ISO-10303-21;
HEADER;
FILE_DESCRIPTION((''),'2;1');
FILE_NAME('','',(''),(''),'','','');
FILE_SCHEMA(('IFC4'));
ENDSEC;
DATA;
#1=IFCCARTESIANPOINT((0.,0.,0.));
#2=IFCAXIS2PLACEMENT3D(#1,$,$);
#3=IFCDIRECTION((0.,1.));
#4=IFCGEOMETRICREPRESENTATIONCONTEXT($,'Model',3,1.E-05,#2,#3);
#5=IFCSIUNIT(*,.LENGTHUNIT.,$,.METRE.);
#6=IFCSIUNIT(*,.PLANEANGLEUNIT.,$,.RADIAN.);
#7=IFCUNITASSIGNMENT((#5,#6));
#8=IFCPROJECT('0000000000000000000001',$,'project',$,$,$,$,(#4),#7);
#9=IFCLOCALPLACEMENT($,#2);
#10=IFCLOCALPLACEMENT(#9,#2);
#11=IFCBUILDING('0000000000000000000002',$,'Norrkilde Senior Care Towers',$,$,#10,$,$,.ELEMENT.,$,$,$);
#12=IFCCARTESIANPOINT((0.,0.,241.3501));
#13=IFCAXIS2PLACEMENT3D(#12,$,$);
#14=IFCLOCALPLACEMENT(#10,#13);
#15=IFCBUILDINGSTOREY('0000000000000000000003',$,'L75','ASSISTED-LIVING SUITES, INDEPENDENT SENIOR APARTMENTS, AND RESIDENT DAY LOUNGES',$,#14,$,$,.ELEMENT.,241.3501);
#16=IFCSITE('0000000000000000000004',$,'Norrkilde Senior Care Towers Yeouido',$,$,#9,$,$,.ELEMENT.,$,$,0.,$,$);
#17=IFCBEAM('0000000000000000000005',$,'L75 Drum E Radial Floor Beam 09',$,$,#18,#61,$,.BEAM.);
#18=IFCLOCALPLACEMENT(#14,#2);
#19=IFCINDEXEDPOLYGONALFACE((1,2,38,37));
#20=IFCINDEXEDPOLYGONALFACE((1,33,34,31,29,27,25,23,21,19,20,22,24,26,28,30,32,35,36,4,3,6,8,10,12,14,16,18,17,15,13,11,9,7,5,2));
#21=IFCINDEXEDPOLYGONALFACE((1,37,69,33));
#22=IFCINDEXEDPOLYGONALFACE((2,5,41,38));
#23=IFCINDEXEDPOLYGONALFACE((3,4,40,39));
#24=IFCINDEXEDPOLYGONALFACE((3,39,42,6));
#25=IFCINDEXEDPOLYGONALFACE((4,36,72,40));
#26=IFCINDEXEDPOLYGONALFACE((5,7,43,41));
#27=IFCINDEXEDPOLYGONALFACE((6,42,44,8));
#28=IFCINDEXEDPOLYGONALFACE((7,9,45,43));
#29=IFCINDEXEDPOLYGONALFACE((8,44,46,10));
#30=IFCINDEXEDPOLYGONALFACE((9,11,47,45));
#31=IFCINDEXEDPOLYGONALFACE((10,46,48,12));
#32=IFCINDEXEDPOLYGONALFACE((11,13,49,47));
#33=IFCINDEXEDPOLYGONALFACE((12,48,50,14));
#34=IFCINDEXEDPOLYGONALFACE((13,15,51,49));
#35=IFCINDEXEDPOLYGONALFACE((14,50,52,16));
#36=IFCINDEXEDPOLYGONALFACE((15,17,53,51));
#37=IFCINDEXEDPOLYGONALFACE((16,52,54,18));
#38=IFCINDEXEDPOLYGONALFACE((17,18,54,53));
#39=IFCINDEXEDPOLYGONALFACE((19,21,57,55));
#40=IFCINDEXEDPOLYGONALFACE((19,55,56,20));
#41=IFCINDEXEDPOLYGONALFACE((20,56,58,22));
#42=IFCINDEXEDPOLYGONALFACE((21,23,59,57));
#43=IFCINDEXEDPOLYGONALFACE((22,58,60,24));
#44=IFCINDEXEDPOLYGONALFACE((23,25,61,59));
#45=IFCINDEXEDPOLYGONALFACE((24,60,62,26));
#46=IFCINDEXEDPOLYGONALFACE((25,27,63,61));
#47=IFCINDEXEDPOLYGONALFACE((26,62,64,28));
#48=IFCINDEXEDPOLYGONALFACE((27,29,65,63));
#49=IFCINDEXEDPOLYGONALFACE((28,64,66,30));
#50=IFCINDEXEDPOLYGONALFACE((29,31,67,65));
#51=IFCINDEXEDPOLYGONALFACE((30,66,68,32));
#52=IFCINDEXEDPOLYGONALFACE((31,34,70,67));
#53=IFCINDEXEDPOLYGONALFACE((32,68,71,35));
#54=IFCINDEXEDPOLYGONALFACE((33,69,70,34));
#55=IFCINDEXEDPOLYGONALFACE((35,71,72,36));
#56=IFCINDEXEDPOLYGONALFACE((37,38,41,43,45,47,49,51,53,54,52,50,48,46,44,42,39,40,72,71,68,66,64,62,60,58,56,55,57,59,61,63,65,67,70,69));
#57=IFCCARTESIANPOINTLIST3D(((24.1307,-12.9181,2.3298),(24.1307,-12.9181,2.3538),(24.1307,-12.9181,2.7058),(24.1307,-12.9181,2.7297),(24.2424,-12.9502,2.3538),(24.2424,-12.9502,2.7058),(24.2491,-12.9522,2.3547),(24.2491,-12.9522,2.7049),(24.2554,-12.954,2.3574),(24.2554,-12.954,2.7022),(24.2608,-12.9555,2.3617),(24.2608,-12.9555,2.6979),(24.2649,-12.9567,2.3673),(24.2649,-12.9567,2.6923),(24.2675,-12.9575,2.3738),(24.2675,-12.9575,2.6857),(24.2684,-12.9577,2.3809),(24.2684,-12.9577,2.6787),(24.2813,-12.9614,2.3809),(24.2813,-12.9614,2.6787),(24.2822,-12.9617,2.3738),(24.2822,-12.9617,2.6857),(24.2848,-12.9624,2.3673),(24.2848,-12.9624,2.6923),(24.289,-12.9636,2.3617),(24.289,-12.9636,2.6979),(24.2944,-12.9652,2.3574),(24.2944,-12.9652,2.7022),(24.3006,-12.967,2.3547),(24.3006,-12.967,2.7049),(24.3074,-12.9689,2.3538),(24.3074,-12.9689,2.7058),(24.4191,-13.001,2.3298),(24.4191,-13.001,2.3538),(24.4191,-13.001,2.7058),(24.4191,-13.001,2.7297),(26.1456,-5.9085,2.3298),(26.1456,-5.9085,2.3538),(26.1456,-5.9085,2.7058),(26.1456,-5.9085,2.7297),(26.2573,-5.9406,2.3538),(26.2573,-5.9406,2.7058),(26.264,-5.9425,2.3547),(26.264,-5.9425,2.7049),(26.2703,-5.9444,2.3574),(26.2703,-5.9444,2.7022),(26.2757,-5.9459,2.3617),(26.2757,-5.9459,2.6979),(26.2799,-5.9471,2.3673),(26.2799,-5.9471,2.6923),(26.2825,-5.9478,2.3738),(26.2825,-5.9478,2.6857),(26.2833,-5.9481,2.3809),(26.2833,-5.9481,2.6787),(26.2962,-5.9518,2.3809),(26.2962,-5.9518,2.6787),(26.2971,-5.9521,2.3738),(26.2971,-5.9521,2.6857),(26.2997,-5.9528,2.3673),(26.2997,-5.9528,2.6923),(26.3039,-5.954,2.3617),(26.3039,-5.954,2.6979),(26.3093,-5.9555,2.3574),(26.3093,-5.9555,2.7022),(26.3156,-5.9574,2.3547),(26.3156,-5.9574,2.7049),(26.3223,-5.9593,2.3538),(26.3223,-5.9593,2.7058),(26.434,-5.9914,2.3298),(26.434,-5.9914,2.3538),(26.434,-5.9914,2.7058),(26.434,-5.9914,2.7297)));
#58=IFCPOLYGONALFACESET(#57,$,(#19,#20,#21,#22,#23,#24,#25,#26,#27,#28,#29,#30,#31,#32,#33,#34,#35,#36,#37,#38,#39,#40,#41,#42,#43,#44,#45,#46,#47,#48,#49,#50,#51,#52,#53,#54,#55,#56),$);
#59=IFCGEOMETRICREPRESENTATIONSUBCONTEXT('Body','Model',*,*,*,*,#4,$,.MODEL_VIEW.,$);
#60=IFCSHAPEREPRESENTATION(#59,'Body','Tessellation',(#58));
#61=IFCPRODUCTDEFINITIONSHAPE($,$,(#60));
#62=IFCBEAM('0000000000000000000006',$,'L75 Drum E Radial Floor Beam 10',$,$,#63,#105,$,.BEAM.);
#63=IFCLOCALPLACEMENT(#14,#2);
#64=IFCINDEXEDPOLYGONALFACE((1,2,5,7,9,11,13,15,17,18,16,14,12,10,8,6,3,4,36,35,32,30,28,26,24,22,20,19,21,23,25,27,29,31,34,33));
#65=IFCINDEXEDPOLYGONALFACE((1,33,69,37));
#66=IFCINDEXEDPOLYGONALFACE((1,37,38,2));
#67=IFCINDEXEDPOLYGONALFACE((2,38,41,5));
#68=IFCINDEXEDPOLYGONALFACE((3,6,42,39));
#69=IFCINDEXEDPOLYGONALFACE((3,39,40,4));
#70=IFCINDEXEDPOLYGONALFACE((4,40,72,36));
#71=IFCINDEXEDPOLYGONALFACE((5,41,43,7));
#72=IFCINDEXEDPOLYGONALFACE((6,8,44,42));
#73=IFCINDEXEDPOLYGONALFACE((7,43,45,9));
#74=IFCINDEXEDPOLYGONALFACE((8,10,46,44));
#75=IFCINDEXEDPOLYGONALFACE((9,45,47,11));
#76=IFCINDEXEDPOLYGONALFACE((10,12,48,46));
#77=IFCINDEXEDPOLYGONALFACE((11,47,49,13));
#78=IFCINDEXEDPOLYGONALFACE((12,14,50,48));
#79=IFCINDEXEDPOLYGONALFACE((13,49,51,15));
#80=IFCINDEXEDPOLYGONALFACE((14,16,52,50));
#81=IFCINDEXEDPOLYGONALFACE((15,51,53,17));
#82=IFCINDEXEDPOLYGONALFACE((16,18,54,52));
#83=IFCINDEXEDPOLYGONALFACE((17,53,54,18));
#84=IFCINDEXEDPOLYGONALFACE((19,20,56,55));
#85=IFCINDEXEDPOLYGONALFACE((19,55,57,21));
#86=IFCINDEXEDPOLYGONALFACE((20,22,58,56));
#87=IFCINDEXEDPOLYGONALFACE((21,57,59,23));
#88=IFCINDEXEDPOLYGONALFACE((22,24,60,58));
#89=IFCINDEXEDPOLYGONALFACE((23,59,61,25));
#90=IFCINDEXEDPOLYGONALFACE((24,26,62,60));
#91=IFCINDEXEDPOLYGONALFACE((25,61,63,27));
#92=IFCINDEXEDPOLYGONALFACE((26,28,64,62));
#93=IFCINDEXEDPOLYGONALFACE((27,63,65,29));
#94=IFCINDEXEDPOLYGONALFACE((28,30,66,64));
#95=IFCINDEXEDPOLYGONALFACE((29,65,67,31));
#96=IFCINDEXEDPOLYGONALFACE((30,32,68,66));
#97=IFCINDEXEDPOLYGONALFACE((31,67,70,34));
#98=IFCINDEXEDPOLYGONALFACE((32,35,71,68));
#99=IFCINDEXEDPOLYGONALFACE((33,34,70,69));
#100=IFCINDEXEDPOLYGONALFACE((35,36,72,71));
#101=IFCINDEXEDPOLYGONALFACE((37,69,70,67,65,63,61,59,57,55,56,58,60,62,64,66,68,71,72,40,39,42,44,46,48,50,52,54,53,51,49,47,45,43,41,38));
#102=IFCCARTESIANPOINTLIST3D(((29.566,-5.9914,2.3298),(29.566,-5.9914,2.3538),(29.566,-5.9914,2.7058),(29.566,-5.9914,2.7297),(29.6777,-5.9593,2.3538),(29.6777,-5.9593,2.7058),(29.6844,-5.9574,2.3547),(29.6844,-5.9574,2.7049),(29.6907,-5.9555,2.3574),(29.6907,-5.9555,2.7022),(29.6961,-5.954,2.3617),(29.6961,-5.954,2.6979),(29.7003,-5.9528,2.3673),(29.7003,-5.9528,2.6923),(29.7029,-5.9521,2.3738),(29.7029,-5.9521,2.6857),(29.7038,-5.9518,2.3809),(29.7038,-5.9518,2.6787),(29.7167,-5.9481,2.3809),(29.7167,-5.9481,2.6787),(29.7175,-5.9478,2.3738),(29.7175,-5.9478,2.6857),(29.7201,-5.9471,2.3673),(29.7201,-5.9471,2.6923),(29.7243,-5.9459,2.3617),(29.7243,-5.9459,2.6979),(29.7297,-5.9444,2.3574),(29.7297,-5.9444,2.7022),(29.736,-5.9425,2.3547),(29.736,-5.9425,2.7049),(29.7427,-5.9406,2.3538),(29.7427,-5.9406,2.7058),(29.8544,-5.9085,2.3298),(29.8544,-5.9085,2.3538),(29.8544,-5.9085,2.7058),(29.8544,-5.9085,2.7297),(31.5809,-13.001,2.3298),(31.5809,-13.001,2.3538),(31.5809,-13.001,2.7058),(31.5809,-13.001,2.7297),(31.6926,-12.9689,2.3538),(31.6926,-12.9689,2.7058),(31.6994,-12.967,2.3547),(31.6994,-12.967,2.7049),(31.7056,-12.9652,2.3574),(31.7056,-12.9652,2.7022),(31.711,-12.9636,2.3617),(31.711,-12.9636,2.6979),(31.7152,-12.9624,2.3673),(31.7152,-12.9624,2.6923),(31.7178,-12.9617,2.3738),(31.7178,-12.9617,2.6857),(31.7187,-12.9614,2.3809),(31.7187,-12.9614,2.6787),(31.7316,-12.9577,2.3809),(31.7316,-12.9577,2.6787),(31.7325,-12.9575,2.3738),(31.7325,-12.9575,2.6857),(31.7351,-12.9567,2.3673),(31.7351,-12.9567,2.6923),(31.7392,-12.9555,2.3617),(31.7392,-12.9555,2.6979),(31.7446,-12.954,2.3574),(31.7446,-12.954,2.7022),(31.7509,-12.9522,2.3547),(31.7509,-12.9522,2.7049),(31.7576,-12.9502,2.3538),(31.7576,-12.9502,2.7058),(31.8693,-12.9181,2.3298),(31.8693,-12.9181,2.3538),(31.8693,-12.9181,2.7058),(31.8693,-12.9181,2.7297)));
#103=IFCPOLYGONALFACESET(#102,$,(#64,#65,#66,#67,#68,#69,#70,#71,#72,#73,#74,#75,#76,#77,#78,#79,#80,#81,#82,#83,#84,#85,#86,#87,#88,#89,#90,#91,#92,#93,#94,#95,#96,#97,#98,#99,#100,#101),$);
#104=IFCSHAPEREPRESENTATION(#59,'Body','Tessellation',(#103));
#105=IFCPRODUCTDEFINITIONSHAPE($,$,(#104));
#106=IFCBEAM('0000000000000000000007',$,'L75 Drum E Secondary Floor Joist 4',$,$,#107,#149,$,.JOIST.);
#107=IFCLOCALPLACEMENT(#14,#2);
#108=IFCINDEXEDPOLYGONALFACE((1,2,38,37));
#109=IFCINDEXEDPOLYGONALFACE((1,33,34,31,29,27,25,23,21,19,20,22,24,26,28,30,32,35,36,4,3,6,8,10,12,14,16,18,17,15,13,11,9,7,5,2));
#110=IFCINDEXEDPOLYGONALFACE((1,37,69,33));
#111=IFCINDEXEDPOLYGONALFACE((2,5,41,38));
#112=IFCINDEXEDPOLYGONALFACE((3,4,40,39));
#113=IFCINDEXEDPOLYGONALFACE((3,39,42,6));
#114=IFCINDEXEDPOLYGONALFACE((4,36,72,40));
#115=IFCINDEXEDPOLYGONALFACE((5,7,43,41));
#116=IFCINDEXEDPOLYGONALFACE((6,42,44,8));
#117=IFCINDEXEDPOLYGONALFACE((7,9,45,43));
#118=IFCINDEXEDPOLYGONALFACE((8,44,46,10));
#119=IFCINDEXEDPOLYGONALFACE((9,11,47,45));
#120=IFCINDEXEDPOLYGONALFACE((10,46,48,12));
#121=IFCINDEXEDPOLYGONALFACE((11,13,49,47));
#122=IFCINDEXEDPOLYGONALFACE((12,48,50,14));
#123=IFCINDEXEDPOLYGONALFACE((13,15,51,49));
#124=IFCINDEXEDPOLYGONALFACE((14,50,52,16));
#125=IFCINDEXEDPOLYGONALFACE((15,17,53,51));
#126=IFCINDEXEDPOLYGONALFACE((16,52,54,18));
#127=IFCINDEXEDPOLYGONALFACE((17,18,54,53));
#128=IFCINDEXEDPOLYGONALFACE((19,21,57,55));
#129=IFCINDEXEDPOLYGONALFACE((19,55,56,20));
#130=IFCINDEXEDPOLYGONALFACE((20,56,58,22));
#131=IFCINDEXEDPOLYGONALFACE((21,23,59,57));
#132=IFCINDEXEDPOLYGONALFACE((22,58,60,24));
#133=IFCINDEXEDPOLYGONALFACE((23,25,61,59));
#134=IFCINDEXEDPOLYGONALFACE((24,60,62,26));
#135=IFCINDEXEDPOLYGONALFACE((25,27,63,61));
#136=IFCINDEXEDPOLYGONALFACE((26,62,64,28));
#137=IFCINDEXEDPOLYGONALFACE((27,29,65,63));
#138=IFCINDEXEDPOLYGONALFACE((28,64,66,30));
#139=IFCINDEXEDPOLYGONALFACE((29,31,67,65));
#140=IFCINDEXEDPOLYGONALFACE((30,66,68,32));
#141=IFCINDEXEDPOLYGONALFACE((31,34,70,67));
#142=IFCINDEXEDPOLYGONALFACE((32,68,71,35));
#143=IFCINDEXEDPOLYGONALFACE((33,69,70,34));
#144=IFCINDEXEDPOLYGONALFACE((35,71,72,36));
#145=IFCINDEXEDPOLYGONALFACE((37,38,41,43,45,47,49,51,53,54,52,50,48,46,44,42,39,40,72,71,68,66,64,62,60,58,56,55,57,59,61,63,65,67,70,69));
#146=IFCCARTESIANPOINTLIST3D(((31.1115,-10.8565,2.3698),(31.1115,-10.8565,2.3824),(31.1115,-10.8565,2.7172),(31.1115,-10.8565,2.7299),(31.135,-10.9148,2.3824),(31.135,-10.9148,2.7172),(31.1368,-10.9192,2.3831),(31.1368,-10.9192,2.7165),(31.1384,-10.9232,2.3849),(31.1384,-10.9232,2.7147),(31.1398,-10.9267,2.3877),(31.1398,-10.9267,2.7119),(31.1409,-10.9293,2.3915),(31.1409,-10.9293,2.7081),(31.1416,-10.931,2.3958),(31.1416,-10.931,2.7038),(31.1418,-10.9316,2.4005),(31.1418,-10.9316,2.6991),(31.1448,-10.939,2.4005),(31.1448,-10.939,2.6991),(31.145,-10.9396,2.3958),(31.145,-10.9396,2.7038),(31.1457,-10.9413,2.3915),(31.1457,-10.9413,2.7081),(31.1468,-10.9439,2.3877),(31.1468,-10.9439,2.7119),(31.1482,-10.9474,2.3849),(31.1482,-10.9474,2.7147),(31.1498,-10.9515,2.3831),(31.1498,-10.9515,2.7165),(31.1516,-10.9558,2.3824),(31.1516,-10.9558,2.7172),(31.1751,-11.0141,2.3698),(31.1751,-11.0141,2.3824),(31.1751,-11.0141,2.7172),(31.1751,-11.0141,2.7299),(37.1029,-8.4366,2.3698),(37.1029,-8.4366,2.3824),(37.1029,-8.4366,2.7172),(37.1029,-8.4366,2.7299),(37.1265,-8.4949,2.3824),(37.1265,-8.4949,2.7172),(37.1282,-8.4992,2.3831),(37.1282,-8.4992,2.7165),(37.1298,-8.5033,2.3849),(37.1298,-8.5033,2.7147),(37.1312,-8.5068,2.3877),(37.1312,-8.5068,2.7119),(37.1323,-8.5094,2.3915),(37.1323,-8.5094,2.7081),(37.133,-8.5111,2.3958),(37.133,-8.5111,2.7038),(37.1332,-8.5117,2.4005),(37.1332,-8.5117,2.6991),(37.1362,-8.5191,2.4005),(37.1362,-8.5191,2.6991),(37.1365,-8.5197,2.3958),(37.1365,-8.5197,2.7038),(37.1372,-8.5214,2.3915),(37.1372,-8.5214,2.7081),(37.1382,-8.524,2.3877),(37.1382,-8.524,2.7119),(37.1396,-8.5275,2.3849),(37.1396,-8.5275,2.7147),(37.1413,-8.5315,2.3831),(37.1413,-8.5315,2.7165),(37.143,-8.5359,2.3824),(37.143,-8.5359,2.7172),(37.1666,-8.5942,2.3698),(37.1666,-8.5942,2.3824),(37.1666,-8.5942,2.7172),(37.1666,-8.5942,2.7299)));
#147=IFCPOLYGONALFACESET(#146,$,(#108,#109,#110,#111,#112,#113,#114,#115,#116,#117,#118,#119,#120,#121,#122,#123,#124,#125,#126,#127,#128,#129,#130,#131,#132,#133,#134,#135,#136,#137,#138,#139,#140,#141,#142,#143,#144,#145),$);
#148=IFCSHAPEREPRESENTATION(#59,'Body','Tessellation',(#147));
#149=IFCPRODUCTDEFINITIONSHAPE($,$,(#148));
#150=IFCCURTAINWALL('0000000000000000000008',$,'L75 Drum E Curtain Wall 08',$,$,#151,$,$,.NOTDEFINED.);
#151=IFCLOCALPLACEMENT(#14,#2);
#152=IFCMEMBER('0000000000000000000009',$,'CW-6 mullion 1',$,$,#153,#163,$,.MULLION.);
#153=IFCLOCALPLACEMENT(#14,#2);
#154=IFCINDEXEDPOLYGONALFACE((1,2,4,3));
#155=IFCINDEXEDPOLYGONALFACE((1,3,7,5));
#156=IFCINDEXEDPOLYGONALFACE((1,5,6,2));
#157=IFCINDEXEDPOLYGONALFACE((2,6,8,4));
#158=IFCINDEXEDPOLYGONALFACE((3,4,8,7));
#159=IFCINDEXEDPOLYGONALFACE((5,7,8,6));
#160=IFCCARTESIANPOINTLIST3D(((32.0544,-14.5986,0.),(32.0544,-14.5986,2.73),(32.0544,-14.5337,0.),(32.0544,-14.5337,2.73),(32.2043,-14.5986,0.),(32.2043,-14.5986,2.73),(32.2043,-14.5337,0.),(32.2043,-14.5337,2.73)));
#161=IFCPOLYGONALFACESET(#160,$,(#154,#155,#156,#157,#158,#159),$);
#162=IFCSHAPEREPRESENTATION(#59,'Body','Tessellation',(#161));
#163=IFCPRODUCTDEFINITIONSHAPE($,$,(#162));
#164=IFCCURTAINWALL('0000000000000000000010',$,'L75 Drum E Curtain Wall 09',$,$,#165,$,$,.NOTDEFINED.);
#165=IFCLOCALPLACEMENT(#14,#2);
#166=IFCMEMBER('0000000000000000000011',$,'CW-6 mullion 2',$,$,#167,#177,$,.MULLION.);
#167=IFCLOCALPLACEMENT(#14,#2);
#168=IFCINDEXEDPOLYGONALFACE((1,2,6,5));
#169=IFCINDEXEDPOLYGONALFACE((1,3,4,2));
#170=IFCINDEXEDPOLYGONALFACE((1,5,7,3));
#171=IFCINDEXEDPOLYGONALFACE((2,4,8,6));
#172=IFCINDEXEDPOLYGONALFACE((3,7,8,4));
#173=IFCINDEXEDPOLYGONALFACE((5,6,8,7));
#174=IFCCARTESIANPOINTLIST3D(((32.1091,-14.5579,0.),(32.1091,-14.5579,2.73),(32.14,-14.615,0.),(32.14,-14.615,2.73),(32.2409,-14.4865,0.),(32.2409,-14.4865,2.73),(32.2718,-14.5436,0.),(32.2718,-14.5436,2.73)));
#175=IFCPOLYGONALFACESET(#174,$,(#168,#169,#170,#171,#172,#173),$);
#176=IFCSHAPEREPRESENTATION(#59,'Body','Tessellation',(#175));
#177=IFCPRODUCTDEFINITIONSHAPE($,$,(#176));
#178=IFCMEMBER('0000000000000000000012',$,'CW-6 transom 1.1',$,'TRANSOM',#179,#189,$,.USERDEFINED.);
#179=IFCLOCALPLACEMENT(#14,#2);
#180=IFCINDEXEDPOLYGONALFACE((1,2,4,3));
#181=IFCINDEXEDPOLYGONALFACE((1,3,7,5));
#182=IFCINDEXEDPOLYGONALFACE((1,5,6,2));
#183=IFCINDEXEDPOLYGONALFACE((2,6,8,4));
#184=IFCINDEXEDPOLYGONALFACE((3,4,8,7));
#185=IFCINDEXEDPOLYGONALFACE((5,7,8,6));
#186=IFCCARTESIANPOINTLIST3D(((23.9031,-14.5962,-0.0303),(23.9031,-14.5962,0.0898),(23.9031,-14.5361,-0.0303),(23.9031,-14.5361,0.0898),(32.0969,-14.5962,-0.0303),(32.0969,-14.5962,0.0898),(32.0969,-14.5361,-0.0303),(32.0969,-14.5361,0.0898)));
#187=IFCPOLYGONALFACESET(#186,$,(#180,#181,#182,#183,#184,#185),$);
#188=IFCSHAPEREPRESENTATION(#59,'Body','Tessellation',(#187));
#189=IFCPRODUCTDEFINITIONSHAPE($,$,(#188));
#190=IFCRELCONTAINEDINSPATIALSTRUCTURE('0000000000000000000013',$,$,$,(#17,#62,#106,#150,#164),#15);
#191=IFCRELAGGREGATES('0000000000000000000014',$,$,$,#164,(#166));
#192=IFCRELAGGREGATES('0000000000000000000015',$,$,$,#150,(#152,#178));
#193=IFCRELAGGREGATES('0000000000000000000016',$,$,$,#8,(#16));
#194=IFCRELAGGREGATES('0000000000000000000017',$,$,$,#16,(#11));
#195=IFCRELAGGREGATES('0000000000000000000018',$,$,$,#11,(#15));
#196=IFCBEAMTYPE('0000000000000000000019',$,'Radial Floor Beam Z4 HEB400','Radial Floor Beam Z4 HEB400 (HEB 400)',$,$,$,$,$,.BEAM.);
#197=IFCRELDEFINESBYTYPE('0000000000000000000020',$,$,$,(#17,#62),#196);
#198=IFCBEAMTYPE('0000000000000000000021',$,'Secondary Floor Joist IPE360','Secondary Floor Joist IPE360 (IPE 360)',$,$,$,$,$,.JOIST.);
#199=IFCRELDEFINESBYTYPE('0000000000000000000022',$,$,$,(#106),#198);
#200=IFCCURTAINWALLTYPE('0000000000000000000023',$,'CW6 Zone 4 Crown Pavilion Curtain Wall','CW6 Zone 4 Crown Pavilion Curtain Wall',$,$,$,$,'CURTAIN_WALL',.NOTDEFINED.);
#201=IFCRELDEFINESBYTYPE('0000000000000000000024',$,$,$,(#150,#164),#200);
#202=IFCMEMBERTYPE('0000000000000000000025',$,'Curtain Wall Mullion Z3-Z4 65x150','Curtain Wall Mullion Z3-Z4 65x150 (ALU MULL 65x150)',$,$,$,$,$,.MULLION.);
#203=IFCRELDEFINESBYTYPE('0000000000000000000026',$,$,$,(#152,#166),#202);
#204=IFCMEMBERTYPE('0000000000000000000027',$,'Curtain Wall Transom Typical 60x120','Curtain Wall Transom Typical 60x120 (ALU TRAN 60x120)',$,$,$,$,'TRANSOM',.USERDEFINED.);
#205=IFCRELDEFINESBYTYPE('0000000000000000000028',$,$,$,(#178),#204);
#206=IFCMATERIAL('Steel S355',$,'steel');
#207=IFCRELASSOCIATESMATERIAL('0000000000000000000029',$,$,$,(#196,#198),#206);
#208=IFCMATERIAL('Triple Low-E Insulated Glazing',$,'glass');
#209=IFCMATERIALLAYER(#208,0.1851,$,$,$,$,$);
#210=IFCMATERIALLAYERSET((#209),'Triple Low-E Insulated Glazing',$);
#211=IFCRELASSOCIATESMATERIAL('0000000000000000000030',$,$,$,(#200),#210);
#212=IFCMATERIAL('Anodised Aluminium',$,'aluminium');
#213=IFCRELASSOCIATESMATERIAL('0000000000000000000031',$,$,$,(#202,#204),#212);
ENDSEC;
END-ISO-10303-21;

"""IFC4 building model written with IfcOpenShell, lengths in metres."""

from ifc_helpers import new_model, si_unit, direction, frame, origin, origin_2d, place, context, subcontext, project, spatial, rectangle, i_section, extrude, source, transform, mapped, material, layer, layer_set, material_profile, profile_set, type_object, type_shapes, element, aggregate, save


model = new_model("IFC4")

# Units and contexts
model_context = context("Model", 3, precision=1e-05, world=origin(), true_north=direction((0.0, 1.0)))
body_context = subcontext(model_context, "Body", "Model", "MODEL_VIEW")
ifc_project = project(units=[si_unit("LENGTHUNIT", "METRE"), si_unit("PLANEANGLEUNIT", "RADIAN")], contexts=[model_context])

# Site, building, storey
site_placement = place(None, origin())
site = spatial("IfcSite", under=ifc_project, at=site_placement, Name="Norrkilde Senior Care Towers Yeouido", CompositionType="ELEMENT", RefElevation=0.0)
building_placement = place(site_placement, origin())
building = spatial("IfcBuilding", under=site, at=building_placement, Name="Norrkilde Senior Care Towers", CompositionType="ELEMENT")
storey_placement = place(building_placement, frame((0.0, 0.0, 241.3501)))
storey = spatial("IfcBuildingStorey", under=building, at=storey_placement, Name="L75", Description="ASSISTED-LIVING SUITES, INDEPENDENT SENIOR APARTMENTS, AND RESIDENT DAY LOUNGES", CompositionType="ELEMENT", Elevation=241.3501)

# Beams
ifc_material_1 = material(Name="Steel S355", Category="steel")
ifc_material_profile_1 = material_profile(ifc_material_1, i_section(OverallWidth=0.3, OverallDepth=0.3999, WebThickness=0.0134, FlangeThickness=0.0239, FilletRadius=0.0271, at=origin_2d()), Name="HEB 400")
ifc_profile_set_1 = profile_set([ifc_material_profile_1], Name="Steel S355")
beam_type_1 = type_object("IfcBeamType", Name="Radial Floor Beam Z4 HEB400", Description="Radial Floor Beam Z4 HEB400 (HEB 400)", PredefinedType="BEAM", material=ifc_profile_set_1)
shared_shape_1 = source(origin(), body_context, "Body", "SweptSolid", [
    extrude(i_section(OverallWidth=0.3, OverallDepth=0.3999, WebThickness=0.0134, FlangeThickness=0.0239, FilletRadius=0.0271, at=origin_2d()), origin(), (0.0, 0.0, 1.0), 7.2935),
])
type_shapes(beam_type_1, [shared_shape_1])
for number, where, z_axis, x_axis, name in (
    (1, (26.2898, -5.95, 2.5298), (-0.276264, -0.961082, 0.0), (0.961082, -0.276264, 0.0), "L75 Drum E Radial Floor Beam 09"),
    (2, (29.7102, -5.95, 2.5298), (0.276264, -0.961082, 0.0), (0.961082, 0.276264, 0.0), "L75 Drum E Radial Floor Beam 10"),
):
    element("IfcBeam", number, at=place(storey_placement, frame(where, z_axis=z_axis, x_axis=x_axis)), inside=storey, type_object=beam_type_1, Name=name, PredefinedType="BEAM", context=body_context, shape_type="MappedRepresentation", body=[
        mapped(shared_shape_1, transform((0.0, 0.0, 0.0), x_axis=(1.0, 0.0, 0.0), y_axis=(0.0, 1.0, 0.0), z_axis=(0.0, 0.0, 1.0), scale=1.0)),
    ])
ifc_material_profile_2 = material_profile(ifc_material_1, i_section(OverallWidth=0.1699, OverallDepth=0.3601, WebThickness=0.0081, FlangeThickness=0.0127, FilletRadius=0.0181, at=origin_2d()), Name="IPE 360")
ifc_profile_set_2 = profile_set([ifc_material_profile_2], Name="Steel S355")
beam_type_2 = type_object("IfcBeamType", Name="Secondary Floor Joist IPE360", Description="Secondary Floor Joist IPE360 (IPE 360)", PredefinedType="JOIST", material=ifc_profile_set_2)
shared_shape_2 = source(origin(), body_context, "Body", "SweptSolid", [
    extrude(i_section(OverallWidth=0.1699, OverallDepth=0.3601, WebThickness=0.0081, FlangeThickness=0.0127, FilletRadius=0.0181, at=origin_2d()), origin(), (0.0, 0.0, 1.0), 6.4617),
])
type_shapes(beam_type_2, [shared_shape_2])
beam_1_placement = place(storey_placement, frame((31.1433, -10.9353, 2.5498), z_axis=(0.927226, 0.374502, 0.0), x_axis=(-0.374502, 0.927226, 0.0)))
element("IfcBeam", 3, at=beam_1_placement, inside=storey, type_object=beam_type_2, Name="L75 Drum E Secondary Floor Joist 4", PredefinedType="JOIST", context=body_context, shape_type="MappedRepresentation", body=[
    mapped(shared_shape_2, transform((0.0, 0.0, 0.0), x_axis=(1.0, 0.0, 0.0), y_axis=(0.0, 1.0, 0.0), z_axis=(0.0, 0.0, 1.0), scale=1.0)),
])

# Curtain walls, members
ifc_material_2 = material(Name="Triple Low-E Insulated Glazing", Category="glass")
ifc_layer_1 = layer(ifc_material_2, 0.1851)
ifc_layer_set_1 = layer_set([ifc_layer_1], Name="Triple Low-E Insulated Glazing")
curtain_wall_type = type_object("IfcCurtainWallType", Name="CW6 Zone 4 Crown Pavilion Curtain Wall", Description="CW6 Zone 4 Crown Pavilion Curtain Wall", ElementType="CURTAIN_WALL", PredefinedType="NOTDEFINED", material=ifc_layer_set_1)
curtain_wall_1_placement = place(storey_placement, origin())
curtain_wall_1 = element("IfcCurtainWall", 4, at=curtain_wall_1_placement, inside=storey, type_object=curtain_wall_type, Name="L75 Drum E Curtain Wall 08", PredefinedType="NOTDEFINED")
ifc_material_3 = material(Name="Anodised Aluminium", Category="aluminium")
ifc_material_profile_3 = material_profile(ifc_material_3, rectangle(XDim=0.0649, YDim=0.1499, at=origin_2d()), Name="ALU MULL 65x150")
ifc_profile_set_3 = profile_set([ifc_material_profile_3], Name="Anodised Aluminium")
member_type_1 = type_object("IfcMemberType", Name="Curtain Wall Mullion Z3-Z4 65x150", Description="Curtain Wall Mullion Z3-Z4 65x150 (ALU MULL 65x150)", PredefinedType="MULLION", material=ifc_profile_set_3)
shared_shape_3 = source(origin(), body_context, "Body", "SweptSolid", [
    extrude(rectangle(XDim=0.0649, YDim=0.1499, at=origin_2d()), origin(), (0.0, 0.0, 1.0), 2.73),
])
type_shapes(member_type_1, [shared_shape_3])
member_1_placement = place(storey_placement, frame((32.1294, -14.5662, 0.0), z_axis=(0.0, 0.0, 1.0), x_axis=(0.0, -1.0, 0.0)))
member_1 = element("IfcMember", 5, at=member_1_placement, type_object=member_type_1, Name="CW-6 mullion 1", PredefinedType="MULLION", context=body_context, shape_type="MappedRepresentation", body=[
    mapped(shared_shape_3, transform((0.0, 0.0, 0.0), x_axis=(1.0, 0.0, 0.0), y_axis=(0.0, 1.0, 0.0), z_axis=(0.0, 0.0, 1.0), scale=1.0)),
])
curtain_wall_2_placement = place(storey_placement, origin())
curtain_wall_2 = element("IfcCurtainWall", 6, at=curtain_wall_2_placement, inside=storey, type_object=curtain_wall_type, Name="L75 Drum E Curtain Wall 09", PredefinedType="NOTDEFINED")
member_2_placement = place(storey_placement, frame((32.1904, -14.5508, 0.0), z_axis=(0.0, 0.0, 1.0), x_axis=(0.476133, -0.879373, 0.0)))
member_2 = element("IfcMember", 7, at=member_2_placement, type_object=member_type_1, Name="CW-6 mullion 2", PredefinedType="MULLION", context=body_context, shape_type="MappedRepresentation", body=[
    mapped(shared_shape_3, transform((0.0, 0.0, 0.0), x_axis=(1.0, 0.0, 0.0), y_axis=(0.0, 1.0, 0.0), z_axis=(0.0, 0.0, 1.0), scale=1.0)),
])
aggregate(curtain_wall_2, [member_2])

# Member
ifc_material_profile_4 = material_profile(ifc_material_3, rectangle(XDim=0.0601, YDim=0.1201, at=origin_2d()), Name="ALU TRAN 60x120")
ifc_profile_set_4 = profile_set([ifc_material_profile_4], Name="Anodised Aluminium")
member_type_2 = type_object("IfcMemberType", Name="Curtain Wall Transom Typical 60x120", Description="Curtain Wall Transom Typical 60x120 (ALU TRAN 60x120)", ElementType="TRANSOM", PredefinedType="USERDEFINED", material=ifc_profile_set_4)
shared_shape_4 = source(origin(), body_context, "Body", "SweptSolid", [
    extrude(rectangle(XDim=0.0601, YDim=0.1201, at=origin_2d()), origin(), (0.0, 0.0, 1.0), 8.1938),
])
type_shapes(member_type_2, [shared_shape_4])
member_3_placement = place(storey_placement, frame((32.0969, -14.5662, 0.0298), z_axis=(-1.0, 0.0, 0.0), x_axis=(0.0, -1.0, 0.0)))
member_3 = element("IfcMember", 8, at=member_3_placement, type_object=member_type_2, Name="CW-6 transom 1.1", ObjectType="TRANSOM", PredefinedType="USERDEFINED", context=body_context, shape_type="MappedRepresentation", body=[
    mapped(shared_shape_4, transform((0.0, 0.0, 0.0), x_axis=(1.0, 0.0, 0.0), y_axis=(0.0, 1.0, 0.0), z_axis=(0.0, 0.0, 1.0), scale=1.0)),
])

aggregate(curtain_wall_1, [member_1, member_3])

save(model, "model.ifc")
